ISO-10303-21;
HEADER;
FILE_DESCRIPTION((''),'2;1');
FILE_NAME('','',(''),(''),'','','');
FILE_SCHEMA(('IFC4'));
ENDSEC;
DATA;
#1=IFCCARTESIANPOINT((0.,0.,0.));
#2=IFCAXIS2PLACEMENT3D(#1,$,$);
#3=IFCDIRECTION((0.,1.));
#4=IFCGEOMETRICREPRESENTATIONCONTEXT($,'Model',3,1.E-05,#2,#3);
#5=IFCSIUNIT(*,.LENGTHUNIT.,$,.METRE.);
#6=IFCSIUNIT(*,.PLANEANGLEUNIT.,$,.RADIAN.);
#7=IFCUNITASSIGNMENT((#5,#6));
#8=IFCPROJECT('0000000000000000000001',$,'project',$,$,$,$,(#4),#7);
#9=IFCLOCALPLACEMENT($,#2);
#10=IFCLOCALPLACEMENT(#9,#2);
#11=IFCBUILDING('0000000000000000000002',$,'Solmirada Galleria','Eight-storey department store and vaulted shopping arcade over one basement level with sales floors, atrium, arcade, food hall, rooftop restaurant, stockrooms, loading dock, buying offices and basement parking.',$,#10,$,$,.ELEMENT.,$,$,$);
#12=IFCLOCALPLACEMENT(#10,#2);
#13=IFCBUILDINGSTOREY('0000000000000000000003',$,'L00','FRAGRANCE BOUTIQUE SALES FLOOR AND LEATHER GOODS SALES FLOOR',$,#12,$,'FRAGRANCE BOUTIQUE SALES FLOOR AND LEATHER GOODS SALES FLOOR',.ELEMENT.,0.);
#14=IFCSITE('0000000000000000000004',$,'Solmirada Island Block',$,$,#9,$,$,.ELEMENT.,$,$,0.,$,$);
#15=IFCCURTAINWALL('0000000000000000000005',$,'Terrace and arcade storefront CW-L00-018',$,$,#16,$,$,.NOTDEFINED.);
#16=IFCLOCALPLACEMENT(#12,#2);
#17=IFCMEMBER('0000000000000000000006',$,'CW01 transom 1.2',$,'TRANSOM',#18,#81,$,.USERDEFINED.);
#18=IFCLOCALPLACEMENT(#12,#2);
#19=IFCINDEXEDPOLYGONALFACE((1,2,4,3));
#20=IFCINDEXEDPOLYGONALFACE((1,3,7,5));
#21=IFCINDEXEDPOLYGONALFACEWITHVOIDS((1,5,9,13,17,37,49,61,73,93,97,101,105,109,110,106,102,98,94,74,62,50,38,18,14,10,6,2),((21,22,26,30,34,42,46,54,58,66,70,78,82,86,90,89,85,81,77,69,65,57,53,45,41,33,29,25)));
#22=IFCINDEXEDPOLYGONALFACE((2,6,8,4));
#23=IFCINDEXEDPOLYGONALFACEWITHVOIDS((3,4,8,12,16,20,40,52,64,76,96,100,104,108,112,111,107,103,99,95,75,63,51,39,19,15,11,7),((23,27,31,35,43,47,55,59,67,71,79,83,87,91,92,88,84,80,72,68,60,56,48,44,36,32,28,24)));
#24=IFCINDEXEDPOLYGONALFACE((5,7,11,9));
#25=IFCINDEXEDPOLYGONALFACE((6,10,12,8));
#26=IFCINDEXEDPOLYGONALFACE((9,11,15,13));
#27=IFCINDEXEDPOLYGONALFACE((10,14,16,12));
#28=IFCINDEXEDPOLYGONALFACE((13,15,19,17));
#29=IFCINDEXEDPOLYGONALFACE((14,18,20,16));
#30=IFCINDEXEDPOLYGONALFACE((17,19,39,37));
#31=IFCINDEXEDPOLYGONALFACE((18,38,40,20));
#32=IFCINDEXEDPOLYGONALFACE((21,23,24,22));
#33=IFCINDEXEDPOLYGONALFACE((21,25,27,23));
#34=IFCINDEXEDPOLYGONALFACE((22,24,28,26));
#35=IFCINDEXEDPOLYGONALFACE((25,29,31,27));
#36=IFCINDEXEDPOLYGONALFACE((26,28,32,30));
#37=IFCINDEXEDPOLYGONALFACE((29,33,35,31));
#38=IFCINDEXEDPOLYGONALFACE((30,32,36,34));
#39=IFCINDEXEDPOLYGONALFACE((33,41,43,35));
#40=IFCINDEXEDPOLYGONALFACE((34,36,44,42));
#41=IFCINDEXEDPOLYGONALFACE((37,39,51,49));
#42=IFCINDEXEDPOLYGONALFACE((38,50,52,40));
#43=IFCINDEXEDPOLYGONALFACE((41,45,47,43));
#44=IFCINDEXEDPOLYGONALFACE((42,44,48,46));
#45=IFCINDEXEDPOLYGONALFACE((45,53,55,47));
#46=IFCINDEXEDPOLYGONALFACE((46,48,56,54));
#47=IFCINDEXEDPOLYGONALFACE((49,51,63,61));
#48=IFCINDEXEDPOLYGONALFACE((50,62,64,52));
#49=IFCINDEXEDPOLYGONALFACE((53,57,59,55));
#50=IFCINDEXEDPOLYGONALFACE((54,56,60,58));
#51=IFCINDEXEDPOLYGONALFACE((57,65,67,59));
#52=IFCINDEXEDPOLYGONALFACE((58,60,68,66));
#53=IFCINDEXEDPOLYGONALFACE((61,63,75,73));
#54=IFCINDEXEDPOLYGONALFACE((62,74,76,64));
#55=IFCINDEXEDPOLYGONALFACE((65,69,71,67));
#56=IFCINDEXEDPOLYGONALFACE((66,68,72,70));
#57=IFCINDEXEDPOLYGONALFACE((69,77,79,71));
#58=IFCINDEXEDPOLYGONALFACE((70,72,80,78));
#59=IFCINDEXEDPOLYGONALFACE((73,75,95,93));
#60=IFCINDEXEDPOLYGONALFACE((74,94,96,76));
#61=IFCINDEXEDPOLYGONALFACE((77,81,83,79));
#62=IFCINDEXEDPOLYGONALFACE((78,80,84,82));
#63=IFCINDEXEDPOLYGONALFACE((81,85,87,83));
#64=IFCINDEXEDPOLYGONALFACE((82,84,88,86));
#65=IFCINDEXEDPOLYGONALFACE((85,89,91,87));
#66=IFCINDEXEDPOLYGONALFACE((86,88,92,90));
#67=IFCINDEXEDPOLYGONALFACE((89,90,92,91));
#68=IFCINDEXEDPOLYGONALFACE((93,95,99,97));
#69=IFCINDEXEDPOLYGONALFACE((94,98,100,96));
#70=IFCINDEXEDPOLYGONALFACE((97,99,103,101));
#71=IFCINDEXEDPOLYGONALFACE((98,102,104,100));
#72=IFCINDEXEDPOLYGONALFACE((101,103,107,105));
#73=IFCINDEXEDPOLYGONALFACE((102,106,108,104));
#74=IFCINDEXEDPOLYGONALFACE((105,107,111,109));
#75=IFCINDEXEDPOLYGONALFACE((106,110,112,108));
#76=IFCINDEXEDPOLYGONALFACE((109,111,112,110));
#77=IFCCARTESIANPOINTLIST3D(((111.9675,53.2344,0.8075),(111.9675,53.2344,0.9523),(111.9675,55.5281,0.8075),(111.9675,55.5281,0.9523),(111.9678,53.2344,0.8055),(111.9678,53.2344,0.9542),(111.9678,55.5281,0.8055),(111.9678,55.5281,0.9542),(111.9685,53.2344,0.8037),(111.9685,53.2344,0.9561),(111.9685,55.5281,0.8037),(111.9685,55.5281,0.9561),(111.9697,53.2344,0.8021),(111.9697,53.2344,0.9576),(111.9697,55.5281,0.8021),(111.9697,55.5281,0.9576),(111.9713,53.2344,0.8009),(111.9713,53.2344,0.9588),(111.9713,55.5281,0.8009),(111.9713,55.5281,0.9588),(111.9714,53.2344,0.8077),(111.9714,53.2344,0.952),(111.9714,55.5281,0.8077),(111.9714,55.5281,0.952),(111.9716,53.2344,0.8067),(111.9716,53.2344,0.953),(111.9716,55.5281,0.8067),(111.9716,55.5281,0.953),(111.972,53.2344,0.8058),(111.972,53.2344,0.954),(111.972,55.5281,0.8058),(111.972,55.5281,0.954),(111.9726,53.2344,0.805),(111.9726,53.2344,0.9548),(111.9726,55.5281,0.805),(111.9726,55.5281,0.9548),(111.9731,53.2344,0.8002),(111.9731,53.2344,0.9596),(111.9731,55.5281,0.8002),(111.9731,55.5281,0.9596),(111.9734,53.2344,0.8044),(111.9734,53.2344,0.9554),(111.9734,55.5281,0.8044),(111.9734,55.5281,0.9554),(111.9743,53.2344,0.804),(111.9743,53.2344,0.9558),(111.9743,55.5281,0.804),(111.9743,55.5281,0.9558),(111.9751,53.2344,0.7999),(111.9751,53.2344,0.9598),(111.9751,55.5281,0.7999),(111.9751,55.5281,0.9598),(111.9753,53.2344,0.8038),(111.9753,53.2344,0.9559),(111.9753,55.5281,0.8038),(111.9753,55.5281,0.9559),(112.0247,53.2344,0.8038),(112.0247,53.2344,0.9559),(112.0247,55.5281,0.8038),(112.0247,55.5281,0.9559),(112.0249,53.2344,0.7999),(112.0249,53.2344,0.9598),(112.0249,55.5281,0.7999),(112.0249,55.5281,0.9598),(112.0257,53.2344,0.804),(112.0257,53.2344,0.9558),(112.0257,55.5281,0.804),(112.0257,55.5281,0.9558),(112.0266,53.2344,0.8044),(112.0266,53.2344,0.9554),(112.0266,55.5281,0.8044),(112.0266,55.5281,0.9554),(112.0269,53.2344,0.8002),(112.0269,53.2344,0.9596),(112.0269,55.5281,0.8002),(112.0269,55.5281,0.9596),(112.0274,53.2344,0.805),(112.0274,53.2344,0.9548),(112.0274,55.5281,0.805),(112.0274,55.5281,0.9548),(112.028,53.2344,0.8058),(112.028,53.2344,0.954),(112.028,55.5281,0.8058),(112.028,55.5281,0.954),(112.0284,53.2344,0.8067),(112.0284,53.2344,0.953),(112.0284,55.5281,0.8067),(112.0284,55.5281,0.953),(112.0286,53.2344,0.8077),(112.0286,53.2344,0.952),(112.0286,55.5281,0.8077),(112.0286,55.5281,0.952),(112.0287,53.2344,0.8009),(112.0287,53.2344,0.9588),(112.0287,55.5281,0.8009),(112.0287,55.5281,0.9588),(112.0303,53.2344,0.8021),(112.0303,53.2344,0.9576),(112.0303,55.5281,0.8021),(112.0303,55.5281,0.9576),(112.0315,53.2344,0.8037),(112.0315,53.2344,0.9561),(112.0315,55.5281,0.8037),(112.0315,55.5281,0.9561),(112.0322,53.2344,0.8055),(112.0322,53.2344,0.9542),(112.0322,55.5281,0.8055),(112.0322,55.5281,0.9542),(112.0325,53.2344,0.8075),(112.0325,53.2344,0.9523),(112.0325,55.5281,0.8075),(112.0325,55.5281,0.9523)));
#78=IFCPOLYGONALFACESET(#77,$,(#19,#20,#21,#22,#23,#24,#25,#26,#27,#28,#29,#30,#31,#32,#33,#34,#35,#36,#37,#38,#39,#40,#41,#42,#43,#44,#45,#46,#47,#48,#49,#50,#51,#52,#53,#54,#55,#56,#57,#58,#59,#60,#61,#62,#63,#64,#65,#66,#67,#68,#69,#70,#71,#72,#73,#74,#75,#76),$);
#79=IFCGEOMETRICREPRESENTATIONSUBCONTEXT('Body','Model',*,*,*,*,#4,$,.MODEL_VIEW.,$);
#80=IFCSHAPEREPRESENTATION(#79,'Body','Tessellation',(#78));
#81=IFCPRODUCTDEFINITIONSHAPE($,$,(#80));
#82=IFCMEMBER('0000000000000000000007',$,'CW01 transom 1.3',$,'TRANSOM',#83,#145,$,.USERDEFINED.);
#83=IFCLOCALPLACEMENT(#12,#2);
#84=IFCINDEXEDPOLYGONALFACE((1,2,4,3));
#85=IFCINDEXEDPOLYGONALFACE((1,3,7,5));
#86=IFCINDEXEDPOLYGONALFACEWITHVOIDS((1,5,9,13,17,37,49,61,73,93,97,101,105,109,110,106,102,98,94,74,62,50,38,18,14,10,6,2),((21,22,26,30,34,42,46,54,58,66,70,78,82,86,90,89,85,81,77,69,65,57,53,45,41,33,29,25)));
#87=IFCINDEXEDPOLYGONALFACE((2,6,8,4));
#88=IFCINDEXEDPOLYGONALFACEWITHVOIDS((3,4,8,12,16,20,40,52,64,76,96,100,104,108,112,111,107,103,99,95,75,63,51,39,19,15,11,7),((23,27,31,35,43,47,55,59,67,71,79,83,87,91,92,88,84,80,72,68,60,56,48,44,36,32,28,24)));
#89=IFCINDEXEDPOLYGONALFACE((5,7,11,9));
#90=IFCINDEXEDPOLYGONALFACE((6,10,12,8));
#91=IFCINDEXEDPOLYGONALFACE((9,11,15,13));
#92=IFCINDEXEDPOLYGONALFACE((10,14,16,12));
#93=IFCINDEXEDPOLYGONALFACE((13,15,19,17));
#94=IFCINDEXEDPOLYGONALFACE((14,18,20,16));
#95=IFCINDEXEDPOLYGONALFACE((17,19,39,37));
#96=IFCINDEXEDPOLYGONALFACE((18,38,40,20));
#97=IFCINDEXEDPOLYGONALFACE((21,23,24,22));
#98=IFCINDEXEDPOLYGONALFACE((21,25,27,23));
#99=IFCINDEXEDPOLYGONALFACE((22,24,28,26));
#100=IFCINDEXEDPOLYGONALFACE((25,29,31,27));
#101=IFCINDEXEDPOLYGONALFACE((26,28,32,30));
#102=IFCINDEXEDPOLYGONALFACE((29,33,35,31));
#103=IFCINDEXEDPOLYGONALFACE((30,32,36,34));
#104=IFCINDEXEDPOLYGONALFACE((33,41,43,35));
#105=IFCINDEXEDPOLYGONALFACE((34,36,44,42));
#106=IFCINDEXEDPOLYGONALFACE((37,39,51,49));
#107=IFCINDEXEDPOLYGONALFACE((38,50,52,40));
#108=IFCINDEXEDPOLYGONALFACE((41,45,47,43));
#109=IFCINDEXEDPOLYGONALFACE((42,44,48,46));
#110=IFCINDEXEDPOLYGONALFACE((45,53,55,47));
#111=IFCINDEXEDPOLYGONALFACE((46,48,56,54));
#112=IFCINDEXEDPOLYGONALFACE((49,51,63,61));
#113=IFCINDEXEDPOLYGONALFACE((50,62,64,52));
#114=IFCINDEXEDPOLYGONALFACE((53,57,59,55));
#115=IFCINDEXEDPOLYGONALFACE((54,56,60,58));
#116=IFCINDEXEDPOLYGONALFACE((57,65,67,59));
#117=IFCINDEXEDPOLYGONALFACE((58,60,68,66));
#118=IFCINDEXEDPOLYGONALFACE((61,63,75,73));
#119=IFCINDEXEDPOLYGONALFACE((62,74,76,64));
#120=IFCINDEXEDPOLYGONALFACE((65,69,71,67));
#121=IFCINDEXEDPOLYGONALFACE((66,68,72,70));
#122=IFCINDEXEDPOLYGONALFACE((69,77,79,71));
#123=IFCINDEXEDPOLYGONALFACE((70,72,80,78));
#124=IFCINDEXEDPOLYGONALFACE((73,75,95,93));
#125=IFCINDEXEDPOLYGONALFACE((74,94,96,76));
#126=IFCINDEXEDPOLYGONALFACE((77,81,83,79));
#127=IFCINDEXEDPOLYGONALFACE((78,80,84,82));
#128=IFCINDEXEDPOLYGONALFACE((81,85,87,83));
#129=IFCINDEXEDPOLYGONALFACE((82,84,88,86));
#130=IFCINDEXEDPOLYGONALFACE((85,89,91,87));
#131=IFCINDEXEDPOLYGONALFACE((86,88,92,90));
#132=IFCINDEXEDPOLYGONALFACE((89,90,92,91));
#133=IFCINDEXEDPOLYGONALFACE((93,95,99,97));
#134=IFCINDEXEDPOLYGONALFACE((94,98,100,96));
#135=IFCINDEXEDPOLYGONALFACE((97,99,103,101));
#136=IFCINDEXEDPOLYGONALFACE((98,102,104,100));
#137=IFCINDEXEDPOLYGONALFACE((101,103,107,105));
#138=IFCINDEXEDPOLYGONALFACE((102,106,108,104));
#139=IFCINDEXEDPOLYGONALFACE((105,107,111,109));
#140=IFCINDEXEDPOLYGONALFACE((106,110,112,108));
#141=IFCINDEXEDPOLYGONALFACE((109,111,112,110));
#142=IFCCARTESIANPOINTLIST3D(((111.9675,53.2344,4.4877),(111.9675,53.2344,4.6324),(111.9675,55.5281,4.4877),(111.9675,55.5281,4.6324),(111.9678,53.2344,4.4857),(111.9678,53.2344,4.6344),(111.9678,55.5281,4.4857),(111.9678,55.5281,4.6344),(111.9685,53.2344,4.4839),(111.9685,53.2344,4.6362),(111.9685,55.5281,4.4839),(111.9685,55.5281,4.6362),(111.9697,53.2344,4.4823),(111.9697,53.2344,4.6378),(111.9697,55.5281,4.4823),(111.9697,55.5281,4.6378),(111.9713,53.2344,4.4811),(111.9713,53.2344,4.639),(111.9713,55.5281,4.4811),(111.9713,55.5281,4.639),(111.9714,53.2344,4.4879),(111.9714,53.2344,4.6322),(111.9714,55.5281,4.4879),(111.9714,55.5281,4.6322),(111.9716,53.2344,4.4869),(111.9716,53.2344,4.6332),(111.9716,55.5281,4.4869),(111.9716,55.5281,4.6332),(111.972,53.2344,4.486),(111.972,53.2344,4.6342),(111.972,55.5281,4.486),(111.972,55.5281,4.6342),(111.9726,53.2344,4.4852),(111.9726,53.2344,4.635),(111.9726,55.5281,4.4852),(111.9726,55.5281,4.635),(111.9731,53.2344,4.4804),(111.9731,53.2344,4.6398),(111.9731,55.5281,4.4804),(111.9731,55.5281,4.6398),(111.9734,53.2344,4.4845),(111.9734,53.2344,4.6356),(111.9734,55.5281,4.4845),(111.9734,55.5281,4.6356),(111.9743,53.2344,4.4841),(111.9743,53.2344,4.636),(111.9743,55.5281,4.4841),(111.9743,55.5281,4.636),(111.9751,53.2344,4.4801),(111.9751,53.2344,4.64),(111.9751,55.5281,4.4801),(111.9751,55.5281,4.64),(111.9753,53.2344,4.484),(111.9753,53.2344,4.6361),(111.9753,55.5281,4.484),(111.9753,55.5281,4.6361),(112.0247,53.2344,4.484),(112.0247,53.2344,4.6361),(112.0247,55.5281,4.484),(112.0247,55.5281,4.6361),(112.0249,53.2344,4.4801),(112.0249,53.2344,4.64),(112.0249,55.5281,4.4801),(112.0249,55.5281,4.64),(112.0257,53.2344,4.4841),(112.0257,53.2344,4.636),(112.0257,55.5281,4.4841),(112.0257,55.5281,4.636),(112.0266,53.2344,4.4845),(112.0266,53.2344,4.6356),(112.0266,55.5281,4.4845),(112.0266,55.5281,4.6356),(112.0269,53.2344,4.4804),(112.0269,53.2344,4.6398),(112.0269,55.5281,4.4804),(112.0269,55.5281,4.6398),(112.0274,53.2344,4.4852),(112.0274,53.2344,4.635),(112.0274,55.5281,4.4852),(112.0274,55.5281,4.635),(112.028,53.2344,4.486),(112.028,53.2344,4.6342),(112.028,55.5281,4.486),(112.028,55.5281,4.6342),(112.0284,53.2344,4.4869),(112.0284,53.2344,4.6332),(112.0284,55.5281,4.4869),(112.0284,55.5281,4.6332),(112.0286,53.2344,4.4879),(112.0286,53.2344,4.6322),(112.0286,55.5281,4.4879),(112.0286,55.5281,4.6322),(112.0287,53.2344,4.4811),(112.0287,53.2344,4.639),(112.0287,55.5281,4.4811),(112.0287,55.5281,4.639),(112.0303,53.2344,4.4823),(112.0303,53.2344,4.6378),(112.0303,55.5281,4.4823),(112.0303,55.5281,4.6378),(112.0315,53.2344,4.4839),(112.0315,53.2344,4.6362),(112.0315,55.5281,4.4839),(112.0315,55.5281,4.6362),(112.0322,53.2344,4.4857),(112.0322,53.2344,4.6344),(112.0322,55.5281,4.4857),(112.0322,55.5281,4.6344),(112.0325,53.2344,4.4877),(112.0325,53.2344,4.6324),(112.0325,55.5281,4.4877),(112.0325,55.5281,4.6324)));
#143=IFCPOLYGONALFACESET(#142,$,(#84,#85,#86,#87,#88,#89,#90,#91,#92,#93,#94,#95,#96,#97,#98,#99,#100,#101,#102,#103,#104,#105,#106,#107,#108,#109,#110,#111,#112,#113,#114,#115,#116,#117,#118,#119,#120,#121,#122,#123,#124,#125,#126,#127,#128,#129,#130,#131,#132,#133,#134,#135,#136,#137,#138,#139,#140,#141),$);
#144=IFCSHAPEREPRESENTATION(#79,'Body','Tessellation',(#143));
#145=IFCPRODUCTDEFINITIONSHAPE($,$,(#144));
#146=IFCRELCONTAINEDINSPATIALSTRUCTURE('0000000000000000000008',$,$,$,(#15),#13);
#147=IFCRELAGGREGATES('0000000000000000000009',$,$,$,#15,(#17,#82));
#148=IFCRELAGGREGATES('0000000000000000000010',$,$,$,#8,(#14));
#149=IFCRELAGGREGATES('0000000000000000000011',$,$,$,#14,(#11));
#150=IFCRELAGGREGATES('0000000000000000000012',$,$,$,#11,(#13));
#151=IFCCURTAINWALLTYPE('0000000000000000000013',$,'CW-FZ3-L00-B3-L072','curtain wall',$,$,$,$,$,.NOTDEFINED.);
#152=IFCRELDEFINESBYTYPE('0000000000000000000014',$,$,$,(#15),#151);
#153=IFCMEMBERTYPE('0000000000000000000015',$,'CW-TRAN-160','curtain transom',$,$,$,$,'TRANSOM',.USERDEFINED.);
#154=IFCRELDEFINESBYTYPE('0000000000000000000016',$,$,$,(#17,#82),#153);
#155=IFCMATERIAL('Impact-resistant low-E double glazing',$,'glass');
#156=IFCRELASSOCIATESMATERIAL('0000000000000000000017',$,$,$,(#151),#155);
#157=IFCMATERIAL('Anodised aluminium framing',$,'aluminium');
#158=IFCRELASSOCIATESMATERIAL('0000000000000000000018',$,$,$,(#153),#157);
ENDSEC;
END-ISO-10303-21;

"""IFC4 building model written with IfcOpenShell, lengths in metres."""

from ifc_helpers import new_model, si_unit, direction, frame, origin, origin_2d, place, context, subcontext, project, spatial, hollow_rectangle, extrude, material, material_profile, profile_set, type_object, element, aggregate, save


model = new_model("IFC4")

# Units and contexts
model_context = context("Model", 3, precision=1e-05, world=origin(), true_north=direction((0.0, 1.0)))
body_context = subcontext(model_context, "Body", "Model", "MODEL_VIEW")
ifc_project = project(units=[si_unit("LENGTHUNIT", "METRE"), si_unit("PLANEANGLEUNIT", "RADIAN")], contexts=[model_context])

# Site, building, storey
site_placement = place(None, origin())
site = spatial("IfcSite", under=ifc_project, at=site_placement, Name="Solmirada Island Block", CompositionType="ELEMENT", RefElevation=0.0)
building_placement = place(site_placement, origin())
building = spatial("IfcBuilding", under=site, at=building_placement, Name="Solmirada Galleria", Description="Eight-storey department store and vaulted shopping arcade over one basement level with sales floors, atrium, arcade, food hall, rooftop restaurant, stockrooms, loading dock, buying offices and basement parking.", CompositionType="ELEMENT")
storey_placement = place(building_placement, origin())
storey = spatial("IfcBuildingStorey", under=building, at=storey_placement, Name="L00", Description="FRAGRANCE BOUTIQUE SALES FLOOR AND LEATHER GOODS SALES FLOOR", LongName="FRAGRANCE BOUTIQUE SALES FLOOR AND LEATHER GOODS SALES FLOOR", CompositionType="ELEMENT", Elevation=0.0)

# Shared definitions
ifc_material_1 = material(Name="Impact-resistant low-E double glazing", Category="glass")
curtain_wall_type = type_object("IfcCurtainWallType", Name="CW-FZ3-L00-B3-L072", Description="curtain wall", PredefinedType="NOTDEFINED", material=ifc_material_1)
ifc_material_2 = material(Name="Anodised aluminium framing", Category="aluminium")

# Curtain wall, members
curtain_wall_1_placement = place(storey_placement, origin())
curtain_wall_1 = element("IfcCurtainWall", 1, at=curtain_wall_1_placement, inside=storey, type_object=curtain_wall_type, Name="Terrace and arcade storefront CW-L00-018", PredefinedType="NOTDEFINED")
ifc_material_profile_1 = material_profile(ifc_material_2, hollow_rectangle(XDim=0.0649, YDim=0.1599, WallThickness=0.0039, InnerFilletRadius=0.0039, OuterFilletRadius=0.0076, at=origin_2d()), Name="ALU-TRAN-160X65")
ifc_profile_set_1 = profile_set([ifc_material_profile_1], Name="Anodised aluminium framing")
member_type_1 = type_object("IfcMemberType", Name="CW-TRAN-160", Description="curtain transom", ElementType="TRANSOM", PredefinedType="USERDEFINED", material=ifc_profile_set_1)
member_1_placement = place(storey_placement, frame((112.0, 55.5281, 0.8799), z_axis=(0.0, -1.0, 0.0), x_axis=(1.0, 0.0, 0.0)))
member_1 = element("IfcMember", 2, at=member_1_placement, type_object=member_type_1, Name="CW01 transom 1.2", ObjectType="TRANSOM", PredefinedType="USERDEFINED", context=body_context, shape_type="SweptSolid", body=[
    extrude(hollow_rectangle(XDim=0.0649, YDim=0.1599, WallThickness=0.0039, InnerFilletRadius=0.0039, OuterFilletRadius=0.0076, at=origin_2d()), origin(), (0.0, 0.0, 1.0), 2.2937),
])
member_2_placement = place(storey_placement, frame((112.0, 55.5281, 4.5601), z_axis=(0.0, -1.0, 0.0), x_axis=(1.0, 0.0, 0.0)))
member_2 = element("IfcMember", 3, at=member_2_placement, type_object=member_type_1, Name="CW01 transom 1.3", ObjectType="TRANSOM", PredefinedType="USERDEFINED", context=body_context, shape_type="SweptSolid", body=[
    extrude(hollow_rectangle(XDim=0.0649, YDim=0.1599, WallThickness=0.0039, InnerFilletRadius=0.0039, OuterFilletRadius=0.0076, at=origin_2d()), origin(), (0.0, 0.0, 1.0), 2.2937),
])

aggregate(curtain_wall_1, [member_1, member_2])

save(model, "model.ifc")
